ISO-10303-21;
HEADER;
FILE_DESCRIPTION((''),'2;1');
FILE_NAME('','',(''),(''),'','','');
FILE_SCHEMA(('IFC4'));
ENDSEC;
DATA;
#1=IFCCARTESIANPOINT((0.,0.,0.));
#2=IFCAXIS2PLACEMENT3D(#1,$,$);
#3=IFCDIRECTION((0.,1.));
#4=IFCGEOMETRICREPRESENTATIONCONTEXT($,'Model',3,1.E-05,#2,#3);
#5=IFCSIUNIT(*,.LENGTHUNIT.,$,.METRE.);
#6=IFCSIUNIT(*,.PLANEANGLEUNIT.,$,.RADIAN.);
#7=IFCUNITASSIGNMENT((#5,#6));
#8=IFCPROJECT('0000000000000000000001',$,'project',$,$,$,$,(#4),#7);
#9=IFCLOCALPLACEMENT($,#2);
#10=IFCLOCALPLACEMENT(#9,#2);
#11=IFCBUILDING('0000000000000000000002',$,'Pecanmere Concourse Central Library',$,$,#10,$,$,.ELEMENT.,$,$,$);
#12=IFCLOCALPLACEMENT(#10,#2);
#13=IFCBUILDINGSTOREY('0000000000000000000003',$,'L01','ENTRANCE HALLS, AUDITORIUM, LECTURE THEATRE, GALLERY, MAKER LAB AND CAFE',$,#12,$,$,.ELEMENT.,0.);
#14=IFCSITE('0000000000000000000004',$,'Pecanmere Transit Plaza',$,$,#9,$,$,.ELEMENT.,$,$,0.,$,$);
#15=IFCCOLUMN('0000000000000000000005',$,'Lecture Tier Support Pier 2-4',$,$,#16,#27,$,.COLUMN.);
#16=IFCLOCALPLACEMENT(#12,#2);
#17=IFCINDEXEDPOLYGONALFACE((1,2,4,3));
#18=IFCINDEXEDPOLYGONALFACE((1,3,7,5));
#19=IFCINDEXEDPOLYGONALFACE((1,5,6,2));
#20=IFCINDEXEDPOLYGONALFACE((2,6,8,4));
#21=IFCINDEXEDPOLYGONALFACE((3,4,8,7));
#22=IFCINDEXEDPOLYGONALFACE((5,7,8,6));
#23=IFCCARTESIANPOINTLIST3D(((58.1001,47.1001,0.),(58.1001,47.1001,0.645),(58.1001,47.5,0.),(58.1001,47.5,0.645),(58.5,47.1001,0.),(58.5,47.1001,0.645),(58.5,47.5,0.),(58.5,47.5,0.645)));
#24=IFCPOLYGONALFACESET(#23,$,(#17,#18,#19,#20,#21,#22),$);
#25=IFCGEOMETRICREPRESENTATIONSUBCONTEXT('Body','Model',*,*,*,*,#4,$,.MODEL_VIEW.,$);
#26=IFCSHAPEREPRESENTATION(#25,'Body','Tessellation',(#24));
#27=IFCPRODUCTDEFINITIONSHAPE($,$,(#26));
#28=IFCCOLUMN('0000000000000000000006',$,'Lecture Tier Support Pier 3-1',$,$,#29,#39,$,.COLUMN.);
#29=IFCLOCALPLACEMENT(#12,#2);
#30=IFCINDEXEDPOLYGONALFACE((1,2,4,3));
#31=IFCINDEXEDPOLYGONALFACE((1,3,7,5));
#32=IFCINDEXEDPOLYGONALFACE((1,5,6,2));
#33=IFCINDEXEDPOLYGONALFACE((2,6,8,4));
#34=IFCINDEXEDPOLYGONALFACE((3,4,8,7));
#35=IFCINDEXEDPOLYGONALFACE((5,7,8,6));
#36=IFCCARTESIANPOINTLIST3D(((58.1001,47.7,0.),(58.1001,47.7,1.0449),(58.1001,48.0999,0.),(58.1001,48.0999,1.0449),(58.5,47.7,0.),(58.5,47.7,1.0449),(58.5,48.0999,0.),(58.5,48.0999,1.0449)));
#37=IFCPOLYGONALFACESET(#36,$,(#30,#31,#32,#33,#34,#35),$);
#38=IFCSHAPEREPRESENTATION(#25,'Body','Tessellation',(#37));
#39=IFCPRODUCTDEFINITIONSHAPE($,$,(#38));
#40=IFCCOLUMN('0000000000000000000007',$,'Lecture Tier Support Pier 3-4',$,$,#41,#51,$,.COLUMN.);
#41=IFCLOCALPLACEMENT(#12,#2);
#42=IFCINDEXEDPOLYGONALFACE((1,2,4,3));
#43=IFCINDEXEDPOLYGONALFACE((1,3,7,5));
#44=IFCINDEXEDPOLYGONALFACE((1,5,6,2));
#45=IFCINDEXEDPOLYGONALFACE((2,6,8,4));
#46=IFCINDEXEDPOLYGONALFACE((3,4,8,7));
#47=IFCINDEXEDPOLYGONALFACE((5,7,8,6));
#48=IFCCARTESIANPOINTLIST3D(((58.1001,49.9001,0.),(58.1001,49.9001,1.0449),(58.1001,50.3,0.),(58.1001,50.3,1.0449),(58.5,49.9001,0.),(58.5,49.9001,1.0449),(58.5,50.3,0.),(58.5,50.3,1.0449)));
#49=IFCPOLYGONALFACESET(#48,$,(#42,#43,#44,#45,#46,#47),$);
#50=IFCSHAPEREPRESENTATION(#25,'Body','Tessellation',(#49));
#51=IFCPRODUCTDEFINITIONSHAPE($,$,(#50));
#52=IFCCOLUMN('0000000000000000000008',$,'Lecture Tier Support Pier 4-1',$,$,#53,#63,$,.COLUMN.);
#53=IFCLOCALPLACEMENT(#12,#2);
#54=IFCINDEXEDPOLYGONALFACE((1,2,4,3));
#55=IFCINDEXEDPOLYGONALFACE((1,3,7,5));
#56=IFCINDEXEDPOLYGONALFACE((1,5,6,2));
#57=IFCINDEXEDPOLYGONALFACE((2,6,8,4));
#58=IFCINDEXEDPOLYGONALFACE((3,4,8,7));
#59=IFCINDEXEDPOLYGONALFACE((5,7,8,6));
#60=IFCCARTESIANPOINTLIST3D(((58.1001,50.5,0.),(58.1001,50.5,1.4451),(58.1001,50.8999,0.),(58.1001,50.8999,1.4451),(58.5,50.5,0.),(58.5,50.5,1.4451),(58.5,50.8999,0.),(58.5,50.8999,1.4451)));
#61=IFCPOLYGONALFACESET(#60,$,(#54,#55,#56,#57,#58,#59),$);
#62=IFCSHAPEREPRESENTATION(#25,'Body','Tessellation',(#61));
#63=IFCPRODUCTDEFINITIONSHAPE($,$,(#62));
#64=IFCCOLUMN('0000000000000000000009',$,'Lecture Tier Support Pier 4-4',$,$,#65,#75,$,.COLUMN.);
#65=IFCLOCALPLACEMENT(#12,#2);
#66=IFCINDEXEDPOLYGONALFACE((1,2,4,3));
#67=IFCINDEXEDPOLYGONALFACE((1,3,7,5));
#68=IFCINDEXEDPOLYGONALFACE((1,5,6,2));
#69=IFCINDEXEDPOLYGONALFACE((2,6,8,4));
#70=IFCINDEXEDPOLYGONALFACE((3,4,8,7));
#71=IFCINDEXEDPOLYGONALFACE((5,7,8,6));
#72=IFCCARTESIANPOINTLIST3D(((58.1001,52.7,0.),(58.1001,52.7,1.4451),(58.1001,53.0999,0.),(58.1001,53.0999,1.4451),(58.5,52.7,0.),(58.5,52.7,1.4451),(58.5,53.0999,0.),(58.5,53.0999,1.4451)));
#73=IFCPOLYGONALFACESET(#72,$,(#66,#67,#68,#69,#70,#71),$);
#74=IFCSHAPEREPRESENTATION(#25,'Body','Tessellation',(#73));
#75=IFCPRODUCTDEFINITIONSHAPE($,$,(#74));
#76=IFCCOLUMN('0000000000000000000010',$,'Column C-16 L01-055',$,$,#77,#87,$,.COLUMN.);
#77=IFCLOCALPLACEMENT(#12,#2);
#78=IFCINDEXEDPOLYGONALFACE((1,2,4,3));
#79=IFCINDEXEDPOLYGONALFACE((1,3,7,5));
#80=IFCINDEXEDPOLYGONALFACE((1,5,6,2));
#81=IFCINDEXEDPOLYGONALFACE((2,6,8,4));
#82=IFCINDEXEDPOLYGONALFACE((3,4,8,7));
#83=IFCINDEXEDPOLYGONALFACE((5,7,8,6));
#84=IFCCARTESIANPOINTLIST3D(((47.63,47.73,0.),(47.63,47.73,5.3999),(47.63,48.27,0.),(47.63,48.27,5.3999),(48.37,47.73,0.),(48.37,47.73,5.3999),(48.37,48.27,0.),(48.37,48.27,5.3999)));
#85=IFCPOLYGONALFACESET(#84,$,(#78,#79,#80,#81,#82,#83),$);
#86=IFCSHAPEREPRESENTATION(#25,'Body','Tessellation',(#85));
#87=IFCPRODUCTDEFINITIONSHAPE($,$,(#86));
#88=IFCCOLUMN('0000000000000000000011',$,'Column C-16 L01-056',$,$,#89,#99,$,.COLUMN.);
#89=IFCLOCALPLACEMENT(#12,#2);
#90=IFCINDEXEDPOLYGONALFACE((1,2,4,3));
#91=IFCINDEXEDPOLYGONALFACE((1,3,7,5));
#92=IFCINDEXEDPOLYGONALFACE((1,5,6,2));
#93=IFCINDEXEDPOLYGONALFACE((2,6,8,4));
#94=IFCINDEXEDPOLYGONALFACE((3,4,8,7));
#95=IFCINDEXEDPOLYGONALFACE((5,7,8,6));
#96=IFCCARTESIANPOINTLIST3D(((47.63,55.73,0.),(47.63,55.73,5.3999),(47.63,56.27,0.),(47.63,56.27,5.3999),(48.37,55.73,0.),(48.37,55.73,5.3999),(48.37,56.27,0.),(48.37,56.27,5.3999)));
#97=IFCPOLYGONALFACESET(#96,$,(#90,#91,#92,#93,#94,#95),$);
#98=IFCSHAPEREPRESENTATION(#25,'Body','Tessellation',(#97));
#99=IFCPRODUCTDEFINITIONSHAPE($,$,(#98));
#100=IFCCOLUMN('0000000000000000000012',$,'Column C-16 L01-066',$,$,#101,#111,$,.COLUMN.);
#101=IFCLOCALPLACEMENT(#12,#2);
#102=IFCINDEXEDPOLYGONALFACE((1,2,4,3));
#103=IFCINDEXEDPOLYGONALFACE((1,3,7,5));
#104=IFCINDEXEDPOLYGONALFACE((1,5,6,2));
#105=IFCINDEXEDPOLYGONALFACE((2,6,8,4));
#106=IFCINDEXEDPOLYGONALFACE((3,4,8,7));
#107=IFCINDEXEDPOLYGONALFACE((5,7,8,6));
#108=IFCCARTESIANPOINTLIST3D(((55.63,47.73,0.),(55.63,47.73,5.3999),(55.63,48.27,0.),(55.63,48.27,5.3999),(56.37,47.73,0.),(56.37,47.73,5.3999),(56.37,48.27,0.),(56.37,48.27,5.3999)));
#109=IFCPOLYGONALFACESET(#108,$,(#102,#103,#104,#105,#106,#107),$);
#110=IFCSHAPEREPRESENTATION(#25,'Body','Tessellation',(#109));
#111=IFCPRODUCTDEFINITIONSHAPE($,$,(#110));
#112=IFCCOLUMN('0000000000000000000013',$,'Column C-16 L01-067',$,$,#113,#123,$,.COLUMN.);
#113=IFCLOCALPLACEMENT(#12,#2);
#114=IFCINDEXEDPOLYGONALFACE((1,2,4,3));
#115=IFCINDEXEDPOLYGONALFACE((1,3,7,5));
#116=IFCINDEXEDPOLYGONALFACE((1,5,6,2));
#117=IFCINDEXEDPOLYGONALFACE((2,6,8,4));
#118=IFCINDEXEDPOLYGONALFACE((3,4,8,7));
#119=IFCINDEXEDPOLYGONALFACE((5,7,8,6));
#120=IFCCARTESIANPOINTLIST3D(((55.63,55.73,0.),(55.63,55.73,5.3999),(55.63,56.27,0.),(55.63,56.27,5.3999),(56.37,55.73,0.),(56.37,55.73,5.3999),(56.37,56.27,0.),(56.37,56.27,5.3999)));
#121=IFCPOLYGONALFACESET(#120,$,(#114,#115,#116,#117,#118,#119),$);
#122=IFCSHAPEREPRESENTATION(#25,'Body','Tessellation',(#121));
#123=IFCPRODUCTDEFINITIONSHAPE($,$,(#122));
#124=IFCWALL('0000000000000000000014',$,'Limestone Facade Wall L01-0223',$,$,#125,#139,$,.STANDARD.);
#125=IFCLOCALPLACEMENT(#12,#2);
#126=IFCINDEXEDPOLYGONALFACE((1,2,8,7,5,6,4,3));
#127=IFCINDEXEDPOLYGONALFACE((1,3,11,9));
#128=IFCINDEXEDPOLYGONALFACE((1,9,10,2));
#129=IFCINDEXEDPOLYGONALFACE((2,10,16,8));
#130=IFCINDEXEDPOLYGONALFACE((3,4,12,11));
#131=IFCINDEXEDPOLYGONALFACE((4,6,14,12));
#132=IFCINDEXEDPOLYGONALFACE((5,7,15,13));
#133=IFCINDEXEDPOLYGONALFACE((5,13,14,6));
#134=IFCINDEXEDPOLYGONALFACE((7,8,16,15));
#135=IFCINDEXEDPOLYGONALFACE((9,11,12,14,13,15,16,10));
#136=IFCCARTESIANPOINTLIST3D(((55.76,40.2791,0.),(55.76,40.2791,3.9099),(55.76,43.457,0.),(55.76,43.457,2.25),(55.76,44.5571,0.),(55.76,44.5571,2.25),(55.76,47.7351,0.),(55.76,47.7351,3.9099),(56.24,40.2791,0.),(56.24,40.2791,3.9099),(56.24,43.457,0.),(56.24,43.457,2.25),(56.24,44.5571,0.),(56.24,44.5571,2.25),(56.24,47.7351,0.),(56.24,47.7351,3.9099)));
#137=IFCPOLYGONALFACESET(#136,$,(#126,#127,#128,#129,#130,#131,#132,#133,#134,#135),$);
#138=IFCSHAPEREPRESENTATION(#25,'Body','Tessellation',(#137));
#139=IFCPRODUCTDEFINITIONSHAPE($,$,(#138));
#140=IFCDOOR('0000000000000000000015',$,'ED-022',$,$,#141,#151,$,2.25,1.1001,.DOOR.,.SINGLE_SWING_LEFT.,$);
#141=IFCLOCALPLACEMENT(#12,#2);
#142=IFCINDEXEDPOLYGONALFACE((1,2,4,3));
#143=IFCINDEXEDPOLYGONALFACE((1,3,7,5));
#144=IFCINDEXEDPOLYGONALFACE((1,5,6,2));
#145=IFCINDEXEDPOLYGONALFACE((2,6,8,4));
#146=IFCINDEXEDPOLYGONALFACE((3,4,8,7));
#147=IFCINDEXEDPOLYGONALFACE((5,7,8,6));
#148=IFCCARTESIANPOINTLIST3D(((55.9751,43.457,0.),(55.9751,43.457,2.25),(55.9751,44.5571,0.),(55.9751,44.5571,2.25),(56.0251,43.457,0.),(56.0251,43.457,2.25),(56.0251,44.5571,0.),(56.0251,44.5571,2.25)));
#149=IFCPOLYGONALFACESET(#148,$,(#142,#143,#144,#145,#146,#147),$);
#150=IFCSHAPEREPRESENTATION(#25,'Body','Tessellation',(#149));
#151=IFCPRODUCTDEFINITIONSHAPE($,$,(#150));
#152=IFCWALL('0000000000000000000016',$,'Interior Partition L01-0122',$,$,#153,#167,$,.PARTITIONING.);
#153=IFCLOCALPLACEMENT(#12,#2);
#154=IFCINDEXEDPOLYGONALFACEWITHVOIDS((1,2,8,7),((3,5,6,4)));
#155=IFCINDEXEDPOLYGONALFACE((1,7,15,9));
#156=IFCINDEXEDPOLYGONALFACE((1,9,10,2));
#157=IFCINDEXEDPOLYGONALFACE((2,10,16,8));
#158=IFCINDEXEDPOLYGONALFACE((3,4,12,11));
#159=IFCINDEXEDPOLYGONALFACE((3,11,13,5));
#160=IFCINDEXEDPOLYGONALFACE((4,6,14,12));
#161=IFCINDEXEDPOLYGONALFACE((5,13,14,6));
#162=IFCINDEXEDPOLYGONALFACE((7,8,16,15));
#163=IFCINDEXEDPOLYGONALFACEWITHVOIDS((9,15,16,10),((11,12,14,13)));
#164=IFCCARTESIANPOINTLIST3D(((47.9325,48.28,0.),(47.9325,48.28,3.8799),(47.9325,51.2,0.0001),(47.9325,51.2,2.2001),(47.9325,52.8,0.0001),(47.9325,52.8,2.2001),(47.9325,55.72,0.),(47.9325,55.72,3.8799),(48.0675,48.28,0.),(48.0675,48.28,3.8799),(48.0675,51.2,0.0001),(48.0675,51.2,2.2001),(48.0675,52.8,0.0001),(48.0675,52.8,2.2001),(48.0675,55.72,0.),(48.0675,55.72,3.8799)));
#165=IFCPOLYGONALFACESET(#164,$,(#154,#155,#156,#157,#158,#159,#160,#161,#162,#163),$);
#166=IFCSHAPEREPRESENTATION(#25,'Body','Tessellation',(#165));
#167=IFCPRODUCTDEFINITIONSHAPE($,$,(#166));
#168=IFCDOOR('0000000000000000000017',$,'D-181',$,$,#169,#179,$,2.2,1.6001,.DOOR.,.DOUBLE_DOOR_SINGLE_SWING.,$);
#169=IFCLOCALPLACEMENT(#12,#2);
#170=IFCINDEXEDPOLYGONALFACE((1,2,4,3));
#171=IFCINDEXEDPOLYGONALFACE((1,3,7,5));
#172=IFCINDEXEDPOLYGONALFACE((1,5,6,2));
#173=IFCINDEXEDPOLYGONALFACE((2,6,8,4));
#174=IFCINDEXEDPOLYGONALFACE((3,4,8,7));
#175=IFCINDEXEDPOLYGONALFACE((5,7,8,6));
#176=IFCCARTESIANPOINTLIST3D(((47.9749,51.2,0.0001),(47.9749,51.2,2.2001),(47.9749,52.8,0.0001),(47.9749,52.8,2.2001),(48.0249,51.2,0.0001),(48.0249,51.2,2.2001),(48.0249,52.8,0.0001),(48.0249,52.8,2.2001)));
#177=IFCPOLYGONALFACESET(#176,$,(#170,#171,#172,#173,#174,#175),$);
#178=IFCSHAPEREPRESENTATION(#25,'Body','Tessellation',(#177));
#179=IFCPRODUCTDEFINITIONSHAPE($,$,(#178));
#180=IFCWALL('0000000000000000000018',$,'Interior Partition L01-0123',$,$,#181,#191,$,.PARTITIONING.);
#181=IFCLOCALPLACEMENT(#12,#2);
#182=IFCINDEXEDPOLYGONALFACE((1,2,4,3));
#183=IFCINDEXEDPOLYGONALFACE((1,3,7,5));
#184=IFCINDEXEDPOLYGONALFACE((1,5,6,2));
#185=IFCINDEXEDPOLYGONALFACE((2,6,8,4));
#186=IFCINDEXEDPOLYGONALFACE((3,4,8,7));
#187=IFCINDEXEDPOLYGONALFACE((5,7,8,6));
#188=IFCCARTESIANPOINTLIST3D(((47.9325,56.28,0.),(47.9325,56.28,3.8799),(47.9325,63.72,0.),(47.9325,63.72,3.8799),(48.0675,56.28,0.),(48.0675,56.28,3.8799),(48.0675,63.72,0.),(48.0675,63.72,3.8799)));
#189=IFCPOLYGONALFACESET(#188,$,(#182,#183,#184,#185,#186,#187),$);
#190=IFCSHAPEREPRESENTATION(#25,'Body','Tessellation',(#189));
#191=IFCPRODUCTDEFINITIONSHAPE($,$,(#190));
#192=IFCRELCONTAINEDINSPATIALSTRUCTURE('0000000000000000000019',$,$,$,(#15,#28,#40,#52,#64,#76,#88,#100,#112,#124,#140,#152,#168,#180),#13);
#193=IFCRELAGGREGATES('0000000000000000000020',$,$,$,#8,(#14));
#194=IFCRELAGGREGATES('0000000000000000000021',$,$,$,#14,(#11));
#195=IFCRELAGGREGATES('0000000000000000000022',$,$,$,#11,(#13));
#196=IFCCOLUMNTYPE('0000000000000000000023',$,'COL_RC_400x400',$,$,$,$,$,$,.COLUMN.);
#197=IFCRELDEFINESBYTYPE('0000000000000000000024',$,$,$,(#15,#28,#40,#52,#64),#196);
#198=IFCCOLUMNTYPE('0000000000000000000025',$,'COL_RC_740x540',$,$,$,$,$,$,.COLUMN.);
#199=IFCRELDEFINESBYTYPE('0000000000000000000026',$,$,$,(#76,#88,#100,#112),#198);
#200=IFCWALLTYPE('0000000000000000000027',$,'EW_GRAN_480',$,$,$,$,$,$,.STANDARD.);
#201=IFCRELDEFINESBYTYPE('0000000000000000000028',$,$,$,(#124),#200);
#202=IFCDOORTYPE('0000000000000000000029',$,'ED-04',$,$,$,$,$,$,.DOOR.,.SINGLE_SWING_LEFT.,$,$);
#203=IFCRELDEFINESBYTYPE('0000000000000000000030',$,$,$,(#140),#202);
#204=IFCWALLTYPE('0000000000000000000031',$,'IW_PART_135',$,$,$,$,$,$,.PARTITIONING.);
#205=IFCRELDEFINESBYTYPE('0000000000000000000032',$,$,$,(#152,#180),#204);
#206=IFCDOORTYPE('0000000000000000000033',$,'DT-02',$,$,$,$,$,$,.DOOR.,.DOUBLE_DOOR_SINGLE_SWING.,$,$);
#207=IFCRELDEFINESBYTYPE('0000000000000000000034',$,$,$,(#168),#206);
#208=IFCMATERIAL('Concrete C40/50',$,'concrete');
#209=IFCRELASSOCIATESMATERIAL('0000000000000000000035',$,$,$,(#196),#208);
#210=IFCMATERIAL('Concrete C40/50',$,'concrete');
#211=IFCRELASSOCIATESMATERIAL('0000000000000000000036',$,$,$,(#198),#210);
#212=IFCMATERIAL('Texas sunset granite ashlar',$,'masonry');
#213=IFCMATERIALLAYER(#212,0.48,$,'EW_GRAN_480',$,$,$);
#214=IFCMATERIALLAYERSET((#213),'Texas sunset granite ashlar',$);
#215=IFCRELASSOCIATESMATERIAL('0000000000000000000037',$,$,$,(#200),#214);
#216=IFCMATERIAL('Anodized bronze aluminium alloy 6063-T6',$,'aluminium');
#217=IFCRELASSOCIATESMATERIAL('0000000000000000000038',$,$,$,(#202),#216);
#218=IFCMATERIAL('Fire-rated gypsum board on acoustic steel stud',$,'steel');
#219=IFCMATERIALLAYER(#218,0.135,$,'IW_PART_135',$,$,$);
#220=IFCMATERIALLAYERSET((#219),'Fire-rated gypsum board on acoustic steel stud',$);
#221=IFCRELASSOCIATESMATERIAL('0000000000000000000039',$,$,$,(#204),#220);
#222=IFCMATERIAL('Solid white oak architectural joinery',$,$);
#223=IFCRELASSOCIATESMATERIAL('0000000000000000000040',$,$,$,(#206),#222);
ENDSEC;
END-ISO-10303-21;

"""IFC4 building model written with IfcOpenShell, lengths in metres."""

from ifc_helpers import new_model, si_unit, direction, frame, frame_2d, origin, origin_2d, place, context, subcontext, project, spatial, rectangle, extrude, material, layer, layer_set, material_profile, profile_set, type_object, element, fill, save


model = new_model("IFC4")

# Units and contexts
model_context = context("Model", 3, precision=1e-05, world=origin(), true_north=direction((0.0, 1.0)))
body_context = subcontext(model_context, "Body", "Model", "MODEL_VIEW")
ifc_project = project(units=[si_unit("LENGTHUNIT", "METRE"), si_unit("PLANEANGLEUNIT", "RADIAN")], contexts=[model_context])

# Site, building, storey
site_placement = place(None, origin())
site = spatial("IfcSite", under=ifc_project, at=site_placement, Name="Pecanmere Transit Plaza", CompositionType="ELEMENT", RefElevation=0.0)
building_placement = place(site_placement, origin())
building = spatial("IfcBuilding", under=site, at=building_placement, Name="Pecanmere Concourse Central Library", CompositionType="ELEMENT")
storey_placement = place(building_placement, origin())
storey = spatial("IfcBuildingStorey", under=building, at=storey_placement, Name="L01", Description="ENTRANCE HALLS, AUDITORIUM, LECTURE THEATRE, GALLERY, MAKER LAB AND CAFE", CompositionType="ELEMENT", Elevation=0.0)

# Columns
ifc_material_1 = material(Name="Concrete C40/50", Category="concrete")
ifc_material_profile_1 = material_profile(ifc_material_1, rectangle(XDim=0.3999, YDim=0.3999, at=origin_2d()), Name="RC 400x400")
ifc_profile_set_1 = profile_set([ifc_material_profile_1], Name="Concrete C40/50")
column_type_1 = type_object("IfcColumnType", Name="COL_RC_400x400", PredefinedType="COLUMN", material=ifc_profile_set_1)
column_placement = place(storey_placement, frame((58.3, 47.3, 0.0), z_axis=(0.0, 0.0, 1.0), x_axis=(1.0, 0.0, 0.0)))
element("IfcColumn", 1, at=column_placement, inside=storey, type_object=column_type_1, Name="Lecture Tier Support Pier 2-4", PredefinedType="COLUMN", context=body_context, shape_type="SweptSolid", body=[
    extrude(rectangle(XDim=0.3999, YDim=0.3999, at=origin_2d()), origin(), (0.0, 0.0, 1.0), 0.645),
])
for number, where, z_axis, x_axis, name in (
    (2, (58.3, 47.8999, 0.0), (0.0, 0.0, 1.0), (1.0, 0.0, 0.0), "Lecture Tier Support Pier 3-1"),
    (3, (58.3, 50.1001, 0.0), (0.0, 0.0, 1.0), (1.0, 0.0, 0.0), "Lecture Tier Support Pier 3-4"),
):
    element("IfcColumn", number, at=place(storey_placement, frame(where, z_axis=z_axis, x_axis=x_axis)), inside=storey, type_object=column_type_1, Name=name, PredefinedType="COLUMN", context=body_context, shape_type="SweptSolid", body=[
        extrude(rectangle(XDim=0.3999, YDim=0.3999, at=origin_2d()), origin(), (0.0, 0.0, 1.0), 1.0449),
    ])
for number, where, z_axis, x_axis, name in (
    (4, (58.3, 50.7, 0.0), (0.0, 0.0, 1.0), (1.0, 0.0, 0.0), "Lecture Tier Support Pier 4-1"),
    (5, (58.3, 52.8999, 0.0), (0.0, 0.0, 1.0), (1.0, 0.0, 0.0), "Lecture Tier Support Pier 4-4"),
):
    element("IfcColumn", number, at=place(storey_placement, frame(where, z_axis=z_axis, x_axis=x_axis)), inside=storey, type_object=column_type_1, Name=name, PredefinedType="COLUMN", context=body_context, shape_type="SweptSolid", body=[
        extrude(rectangle(XDim=0.3999, YDim=0.3999, at=origin_2d()), origin(), (0.0, 0.0, 1.0), 1.4451),
    ])
ifc_material_2 = material(Name="Concrete C40/50", Category="concrete")
ifc_material_profile_2 = material_profile(ifc_material_2, rectangle(XDim=0.74, YDim=0.54, at=origin_2d()), Name="RC 740x540")
ifc_profile_set_2 = profile_set([ifc_material_profile_2], Name="Concrete C40/50")
column_type_2 = type_object("IfcColumnType", Name="COL_RC_740x540", PredefinedType="COLUMN", material=ifc_profile_set_2)
for number, where, z_axis, x_axis, name in (
    (6, (48.0, 48.0, 0.0), (0.0, 0.0, 1.0), (1.0, 0.0, 0.0), "Column C-16 L01-055"),
    (7, (48.0, 56.0, 0.0), (0.0, 0.0, 1.0), (1.0, 0.0, 0.0), "Column C-16 L01-056"),
    (8, (56.0, 48.0, 0.0), (0.0, 0.0, 1.0), (1.0, 0.0, 0.0), "Column C-16 L01-066"),
    (9, (56.0, 56.0, 0.0), (0.0, 0.0, 1.0), (1.0, 0.0, 0.0), "Column C-16 L01-067"),
):
    element("IfcColumn", number, at=place(storey_placement, frame(where, z_axis=z_axis, x_axis=x_axis)), inside=storey, type_object=column_type_2, Name=name, PredefinedType="COLUMN", context=body_context, shape_type="SweptSolid", body=[
        extrude(rectangle(XDim=0.74, YDim=0.54, at=origin_2d()), origin(), (0.0, 0.0, 1.0), 5.3999),
    ])

# Walls, openings, doors
ifc_material_3 = material(Name="Texas sunset granite ashlar", Category="masonry")
ifc_layer_1 = layer(ifc_material_3, 0.48, Name="EW_GRAN_480")
ifc_layer_set_1 = layer_set([ifc_layer_1], Name="Texas sunset granite ashlar")
wall_type_1 = type_object("IfcWallType", Name="EW_GRAN_480", PredefinedType="STANDARD", material=ifc_layer_set_1)
wall_1_placement = place(storey_placement, frame((56.0, 47.7351, 0.0), z_axis=(0.0, 0.0, 1.0), x_axis=(0.0, -1.0, 0.0)))
wall_1 = element("IfcWall", 10, at=wall_1_placement, inside=storey, type_object=wall_type_1, Name="Limestone Facade Wall L01-0223", PredefinedType="STANDARD", context=body_context, shape_type="SweptSolid", body=[
    extrude(rectangle(XDim=7.4561, YDim=0.48, at=frame_2d((3.728, 0.0))), origin(), (0.0, 0.0, 1.0), 3.9099),
])
opening_1_placement = place(wall_1_placement, frame((3.178, 0.0, 0.0)))
opening_1 = element("IfcOpeningElement", 11, at=opening_1_placement, cuts=wall_1, PredefinedType="OPENING", context=body_context, shape_type="SweptSolid", body=[
    extrude(rectangle(XDim=1.1001, YDim=2.25, at=frame_2d((0.55, 1.125))), frame((0.0, 0.252, 0.0), z_axis=(0.0, -1.0, 0.0), x_axis=(1.0, 0.0, 0.0)), (0.0, 0.0, 1.0), 0.5039),
])
ifc_material_4 = material(Name="Anodized bronze aluminium alloy 6063-T6", Category="aluminium")
door_type_1 = type_object("IfcDoorType", Name="ED-04", OperationType="SINGLE_SWING_LEFT", PredefinedType="DOOR", material=ifc_material_4)
door_1_placement = place(opening_1_placement, frame((1.1001, 0.0, 0.0), z_axis=(0.0, 0.0, 1.0), x_axis=(-1.0, 0.0, 0.0)))
door_1 = element("IfcDoor", 12, at=door_1_placement, inside=storey, type_object=door_type_1, Name="ED-022", OperationType="SINGLE_SWING_LEFT", OverallHeight=2.25, OverallWidth=1.1001, PredefinedType="DOOR", context=body_context, shape_type="SweptSolid", body=[
    extrude(rectangle(XDim=1.1001, YDim=2.25, at=frame_2d((0.55, 1.125))), frame((0.0, 0.0249, 0.0), z_axis=(0.0, -1.0, 0.0), x_axis=(1.0, 0.0, 0.0)), (0.0, 0.0, 1.0), 0.05),
])
fill(opening_1, door_1)
ifc_material_5 = material(Name="Fire-rated gypsum board on acoustic steel stud", Category="steel")
ifc_layer_2 = layer(ifc_material_5, 0.135, Name="IW_PART_135")
ifc_layer_set_2 = layer_set([ifc_layer_2], Name="Fire-rated gypsum board on acoustic steel stud")
wall_type_2 = type_object("IfcWallType", Name="IW_PART_135", PredefinedType="PARTITIONING", material=ifc_layer_set_2)
wall_2_placement = place(storey_placement, frame((48.0, 48.28, 0.0), z_axis=(0.0, 0.0, 1.0), x_axis=(0.0, 1.0, 0.0)))
wall_2 = element("IfcWall", 13, at=wall_2_placement, inside=storey, type_object=wall_type_2, Name="Interior Partition L01-0122", PredefinedType="PARTITIONING", context=body_context, shape_type="SweptSolid", body=[
    extrude(rectangle(XDim=7.4399, YDim=0.135, at=frame_2d((3.72, 0.0))), origin(), (0.0, 0.0, 1.0), 3.8799),
])
opening_2_placement = place(wall_2_placement, frame((2.9199, 0.0, 0.0)))
opening_2 = element("IfcOpeningElement", 14, at=opening_2_placement, cuts=wall_2, PredefinedType="OPENING", context=body_context, shape_type="SweptSolid", body=[
    extrude(rectangle(XDim=1.6001, YDim=2.2, at=frame_2d((0.8, 1.1001))), frame((0.0, 0.0796, 0.0), z_axis=(0.0, -1.0, 0.0), x_axis=(1.0, 0.0, 0.0)), (0.0, 0.0, 1.0), 0.1589),
])
ifc_material_6 = material(Name="Solid white oak architectural joinery")
door_type_2 = type_object("IfcDoorType", Name="DT-02", OperationType="DOUBLE_DOOR_SINGLE_SWING", PredefinedType="DOOR", material=ifc_material_6)
door_2_placement = place(opening_2_placement, frame((1.6001, 0.0, 0.0), z_axis=(0.0, 0.0, 1.0), x_axis=(-1.0, 0.0, 0.0)))
door_2 = element("IfcDoor", 15, at=door_2_placement, inside=storey, type_object=door_type_2, Name="D-181", OperationType="DOUBLE_DOOR_SINGLE_SWING", OverallHeight=2.2, OverallWidth=1.6001, PredefinedType="DOOR", context=body_context, shape_type="SweptSolid", body=[
    extrude(rectangle(XDim=1.6001, YDim=2.2, at=frame_2d((0.8, 1.1001))), frame((0.0, 0.0249, 0.0), z_axis=(0.0, -1.0, 0.0), x_axis=(1.0, 0.0, 0.0)), (0.0, 0.0, 1.0), 0.05),
])
fill(opening_2, door_2)

# Wall
wall_3_placement = place(storey_placement, frame((48.0, 56.28, 0.0), z_axis=(0.0, 0.0, 1.0), x_axis=(0.0, 1.0, 0.0)))
element("IfcWall", 16, at=wall_3_placement, inside=storey, type_object=wall_type_2, Name="Interior Partition L01-0123", PredefinedType="PARTITIONING", context=body_context, shape_type="SweptSolid", body=[
    extrude(rectangle(XDim=7.4399, YDim=0.135, at=frame_2d((3.72, 0.0))), origin(), (0.0, 0.0, 1.0), 3.8799),
])

save(model, "model.ifc")
